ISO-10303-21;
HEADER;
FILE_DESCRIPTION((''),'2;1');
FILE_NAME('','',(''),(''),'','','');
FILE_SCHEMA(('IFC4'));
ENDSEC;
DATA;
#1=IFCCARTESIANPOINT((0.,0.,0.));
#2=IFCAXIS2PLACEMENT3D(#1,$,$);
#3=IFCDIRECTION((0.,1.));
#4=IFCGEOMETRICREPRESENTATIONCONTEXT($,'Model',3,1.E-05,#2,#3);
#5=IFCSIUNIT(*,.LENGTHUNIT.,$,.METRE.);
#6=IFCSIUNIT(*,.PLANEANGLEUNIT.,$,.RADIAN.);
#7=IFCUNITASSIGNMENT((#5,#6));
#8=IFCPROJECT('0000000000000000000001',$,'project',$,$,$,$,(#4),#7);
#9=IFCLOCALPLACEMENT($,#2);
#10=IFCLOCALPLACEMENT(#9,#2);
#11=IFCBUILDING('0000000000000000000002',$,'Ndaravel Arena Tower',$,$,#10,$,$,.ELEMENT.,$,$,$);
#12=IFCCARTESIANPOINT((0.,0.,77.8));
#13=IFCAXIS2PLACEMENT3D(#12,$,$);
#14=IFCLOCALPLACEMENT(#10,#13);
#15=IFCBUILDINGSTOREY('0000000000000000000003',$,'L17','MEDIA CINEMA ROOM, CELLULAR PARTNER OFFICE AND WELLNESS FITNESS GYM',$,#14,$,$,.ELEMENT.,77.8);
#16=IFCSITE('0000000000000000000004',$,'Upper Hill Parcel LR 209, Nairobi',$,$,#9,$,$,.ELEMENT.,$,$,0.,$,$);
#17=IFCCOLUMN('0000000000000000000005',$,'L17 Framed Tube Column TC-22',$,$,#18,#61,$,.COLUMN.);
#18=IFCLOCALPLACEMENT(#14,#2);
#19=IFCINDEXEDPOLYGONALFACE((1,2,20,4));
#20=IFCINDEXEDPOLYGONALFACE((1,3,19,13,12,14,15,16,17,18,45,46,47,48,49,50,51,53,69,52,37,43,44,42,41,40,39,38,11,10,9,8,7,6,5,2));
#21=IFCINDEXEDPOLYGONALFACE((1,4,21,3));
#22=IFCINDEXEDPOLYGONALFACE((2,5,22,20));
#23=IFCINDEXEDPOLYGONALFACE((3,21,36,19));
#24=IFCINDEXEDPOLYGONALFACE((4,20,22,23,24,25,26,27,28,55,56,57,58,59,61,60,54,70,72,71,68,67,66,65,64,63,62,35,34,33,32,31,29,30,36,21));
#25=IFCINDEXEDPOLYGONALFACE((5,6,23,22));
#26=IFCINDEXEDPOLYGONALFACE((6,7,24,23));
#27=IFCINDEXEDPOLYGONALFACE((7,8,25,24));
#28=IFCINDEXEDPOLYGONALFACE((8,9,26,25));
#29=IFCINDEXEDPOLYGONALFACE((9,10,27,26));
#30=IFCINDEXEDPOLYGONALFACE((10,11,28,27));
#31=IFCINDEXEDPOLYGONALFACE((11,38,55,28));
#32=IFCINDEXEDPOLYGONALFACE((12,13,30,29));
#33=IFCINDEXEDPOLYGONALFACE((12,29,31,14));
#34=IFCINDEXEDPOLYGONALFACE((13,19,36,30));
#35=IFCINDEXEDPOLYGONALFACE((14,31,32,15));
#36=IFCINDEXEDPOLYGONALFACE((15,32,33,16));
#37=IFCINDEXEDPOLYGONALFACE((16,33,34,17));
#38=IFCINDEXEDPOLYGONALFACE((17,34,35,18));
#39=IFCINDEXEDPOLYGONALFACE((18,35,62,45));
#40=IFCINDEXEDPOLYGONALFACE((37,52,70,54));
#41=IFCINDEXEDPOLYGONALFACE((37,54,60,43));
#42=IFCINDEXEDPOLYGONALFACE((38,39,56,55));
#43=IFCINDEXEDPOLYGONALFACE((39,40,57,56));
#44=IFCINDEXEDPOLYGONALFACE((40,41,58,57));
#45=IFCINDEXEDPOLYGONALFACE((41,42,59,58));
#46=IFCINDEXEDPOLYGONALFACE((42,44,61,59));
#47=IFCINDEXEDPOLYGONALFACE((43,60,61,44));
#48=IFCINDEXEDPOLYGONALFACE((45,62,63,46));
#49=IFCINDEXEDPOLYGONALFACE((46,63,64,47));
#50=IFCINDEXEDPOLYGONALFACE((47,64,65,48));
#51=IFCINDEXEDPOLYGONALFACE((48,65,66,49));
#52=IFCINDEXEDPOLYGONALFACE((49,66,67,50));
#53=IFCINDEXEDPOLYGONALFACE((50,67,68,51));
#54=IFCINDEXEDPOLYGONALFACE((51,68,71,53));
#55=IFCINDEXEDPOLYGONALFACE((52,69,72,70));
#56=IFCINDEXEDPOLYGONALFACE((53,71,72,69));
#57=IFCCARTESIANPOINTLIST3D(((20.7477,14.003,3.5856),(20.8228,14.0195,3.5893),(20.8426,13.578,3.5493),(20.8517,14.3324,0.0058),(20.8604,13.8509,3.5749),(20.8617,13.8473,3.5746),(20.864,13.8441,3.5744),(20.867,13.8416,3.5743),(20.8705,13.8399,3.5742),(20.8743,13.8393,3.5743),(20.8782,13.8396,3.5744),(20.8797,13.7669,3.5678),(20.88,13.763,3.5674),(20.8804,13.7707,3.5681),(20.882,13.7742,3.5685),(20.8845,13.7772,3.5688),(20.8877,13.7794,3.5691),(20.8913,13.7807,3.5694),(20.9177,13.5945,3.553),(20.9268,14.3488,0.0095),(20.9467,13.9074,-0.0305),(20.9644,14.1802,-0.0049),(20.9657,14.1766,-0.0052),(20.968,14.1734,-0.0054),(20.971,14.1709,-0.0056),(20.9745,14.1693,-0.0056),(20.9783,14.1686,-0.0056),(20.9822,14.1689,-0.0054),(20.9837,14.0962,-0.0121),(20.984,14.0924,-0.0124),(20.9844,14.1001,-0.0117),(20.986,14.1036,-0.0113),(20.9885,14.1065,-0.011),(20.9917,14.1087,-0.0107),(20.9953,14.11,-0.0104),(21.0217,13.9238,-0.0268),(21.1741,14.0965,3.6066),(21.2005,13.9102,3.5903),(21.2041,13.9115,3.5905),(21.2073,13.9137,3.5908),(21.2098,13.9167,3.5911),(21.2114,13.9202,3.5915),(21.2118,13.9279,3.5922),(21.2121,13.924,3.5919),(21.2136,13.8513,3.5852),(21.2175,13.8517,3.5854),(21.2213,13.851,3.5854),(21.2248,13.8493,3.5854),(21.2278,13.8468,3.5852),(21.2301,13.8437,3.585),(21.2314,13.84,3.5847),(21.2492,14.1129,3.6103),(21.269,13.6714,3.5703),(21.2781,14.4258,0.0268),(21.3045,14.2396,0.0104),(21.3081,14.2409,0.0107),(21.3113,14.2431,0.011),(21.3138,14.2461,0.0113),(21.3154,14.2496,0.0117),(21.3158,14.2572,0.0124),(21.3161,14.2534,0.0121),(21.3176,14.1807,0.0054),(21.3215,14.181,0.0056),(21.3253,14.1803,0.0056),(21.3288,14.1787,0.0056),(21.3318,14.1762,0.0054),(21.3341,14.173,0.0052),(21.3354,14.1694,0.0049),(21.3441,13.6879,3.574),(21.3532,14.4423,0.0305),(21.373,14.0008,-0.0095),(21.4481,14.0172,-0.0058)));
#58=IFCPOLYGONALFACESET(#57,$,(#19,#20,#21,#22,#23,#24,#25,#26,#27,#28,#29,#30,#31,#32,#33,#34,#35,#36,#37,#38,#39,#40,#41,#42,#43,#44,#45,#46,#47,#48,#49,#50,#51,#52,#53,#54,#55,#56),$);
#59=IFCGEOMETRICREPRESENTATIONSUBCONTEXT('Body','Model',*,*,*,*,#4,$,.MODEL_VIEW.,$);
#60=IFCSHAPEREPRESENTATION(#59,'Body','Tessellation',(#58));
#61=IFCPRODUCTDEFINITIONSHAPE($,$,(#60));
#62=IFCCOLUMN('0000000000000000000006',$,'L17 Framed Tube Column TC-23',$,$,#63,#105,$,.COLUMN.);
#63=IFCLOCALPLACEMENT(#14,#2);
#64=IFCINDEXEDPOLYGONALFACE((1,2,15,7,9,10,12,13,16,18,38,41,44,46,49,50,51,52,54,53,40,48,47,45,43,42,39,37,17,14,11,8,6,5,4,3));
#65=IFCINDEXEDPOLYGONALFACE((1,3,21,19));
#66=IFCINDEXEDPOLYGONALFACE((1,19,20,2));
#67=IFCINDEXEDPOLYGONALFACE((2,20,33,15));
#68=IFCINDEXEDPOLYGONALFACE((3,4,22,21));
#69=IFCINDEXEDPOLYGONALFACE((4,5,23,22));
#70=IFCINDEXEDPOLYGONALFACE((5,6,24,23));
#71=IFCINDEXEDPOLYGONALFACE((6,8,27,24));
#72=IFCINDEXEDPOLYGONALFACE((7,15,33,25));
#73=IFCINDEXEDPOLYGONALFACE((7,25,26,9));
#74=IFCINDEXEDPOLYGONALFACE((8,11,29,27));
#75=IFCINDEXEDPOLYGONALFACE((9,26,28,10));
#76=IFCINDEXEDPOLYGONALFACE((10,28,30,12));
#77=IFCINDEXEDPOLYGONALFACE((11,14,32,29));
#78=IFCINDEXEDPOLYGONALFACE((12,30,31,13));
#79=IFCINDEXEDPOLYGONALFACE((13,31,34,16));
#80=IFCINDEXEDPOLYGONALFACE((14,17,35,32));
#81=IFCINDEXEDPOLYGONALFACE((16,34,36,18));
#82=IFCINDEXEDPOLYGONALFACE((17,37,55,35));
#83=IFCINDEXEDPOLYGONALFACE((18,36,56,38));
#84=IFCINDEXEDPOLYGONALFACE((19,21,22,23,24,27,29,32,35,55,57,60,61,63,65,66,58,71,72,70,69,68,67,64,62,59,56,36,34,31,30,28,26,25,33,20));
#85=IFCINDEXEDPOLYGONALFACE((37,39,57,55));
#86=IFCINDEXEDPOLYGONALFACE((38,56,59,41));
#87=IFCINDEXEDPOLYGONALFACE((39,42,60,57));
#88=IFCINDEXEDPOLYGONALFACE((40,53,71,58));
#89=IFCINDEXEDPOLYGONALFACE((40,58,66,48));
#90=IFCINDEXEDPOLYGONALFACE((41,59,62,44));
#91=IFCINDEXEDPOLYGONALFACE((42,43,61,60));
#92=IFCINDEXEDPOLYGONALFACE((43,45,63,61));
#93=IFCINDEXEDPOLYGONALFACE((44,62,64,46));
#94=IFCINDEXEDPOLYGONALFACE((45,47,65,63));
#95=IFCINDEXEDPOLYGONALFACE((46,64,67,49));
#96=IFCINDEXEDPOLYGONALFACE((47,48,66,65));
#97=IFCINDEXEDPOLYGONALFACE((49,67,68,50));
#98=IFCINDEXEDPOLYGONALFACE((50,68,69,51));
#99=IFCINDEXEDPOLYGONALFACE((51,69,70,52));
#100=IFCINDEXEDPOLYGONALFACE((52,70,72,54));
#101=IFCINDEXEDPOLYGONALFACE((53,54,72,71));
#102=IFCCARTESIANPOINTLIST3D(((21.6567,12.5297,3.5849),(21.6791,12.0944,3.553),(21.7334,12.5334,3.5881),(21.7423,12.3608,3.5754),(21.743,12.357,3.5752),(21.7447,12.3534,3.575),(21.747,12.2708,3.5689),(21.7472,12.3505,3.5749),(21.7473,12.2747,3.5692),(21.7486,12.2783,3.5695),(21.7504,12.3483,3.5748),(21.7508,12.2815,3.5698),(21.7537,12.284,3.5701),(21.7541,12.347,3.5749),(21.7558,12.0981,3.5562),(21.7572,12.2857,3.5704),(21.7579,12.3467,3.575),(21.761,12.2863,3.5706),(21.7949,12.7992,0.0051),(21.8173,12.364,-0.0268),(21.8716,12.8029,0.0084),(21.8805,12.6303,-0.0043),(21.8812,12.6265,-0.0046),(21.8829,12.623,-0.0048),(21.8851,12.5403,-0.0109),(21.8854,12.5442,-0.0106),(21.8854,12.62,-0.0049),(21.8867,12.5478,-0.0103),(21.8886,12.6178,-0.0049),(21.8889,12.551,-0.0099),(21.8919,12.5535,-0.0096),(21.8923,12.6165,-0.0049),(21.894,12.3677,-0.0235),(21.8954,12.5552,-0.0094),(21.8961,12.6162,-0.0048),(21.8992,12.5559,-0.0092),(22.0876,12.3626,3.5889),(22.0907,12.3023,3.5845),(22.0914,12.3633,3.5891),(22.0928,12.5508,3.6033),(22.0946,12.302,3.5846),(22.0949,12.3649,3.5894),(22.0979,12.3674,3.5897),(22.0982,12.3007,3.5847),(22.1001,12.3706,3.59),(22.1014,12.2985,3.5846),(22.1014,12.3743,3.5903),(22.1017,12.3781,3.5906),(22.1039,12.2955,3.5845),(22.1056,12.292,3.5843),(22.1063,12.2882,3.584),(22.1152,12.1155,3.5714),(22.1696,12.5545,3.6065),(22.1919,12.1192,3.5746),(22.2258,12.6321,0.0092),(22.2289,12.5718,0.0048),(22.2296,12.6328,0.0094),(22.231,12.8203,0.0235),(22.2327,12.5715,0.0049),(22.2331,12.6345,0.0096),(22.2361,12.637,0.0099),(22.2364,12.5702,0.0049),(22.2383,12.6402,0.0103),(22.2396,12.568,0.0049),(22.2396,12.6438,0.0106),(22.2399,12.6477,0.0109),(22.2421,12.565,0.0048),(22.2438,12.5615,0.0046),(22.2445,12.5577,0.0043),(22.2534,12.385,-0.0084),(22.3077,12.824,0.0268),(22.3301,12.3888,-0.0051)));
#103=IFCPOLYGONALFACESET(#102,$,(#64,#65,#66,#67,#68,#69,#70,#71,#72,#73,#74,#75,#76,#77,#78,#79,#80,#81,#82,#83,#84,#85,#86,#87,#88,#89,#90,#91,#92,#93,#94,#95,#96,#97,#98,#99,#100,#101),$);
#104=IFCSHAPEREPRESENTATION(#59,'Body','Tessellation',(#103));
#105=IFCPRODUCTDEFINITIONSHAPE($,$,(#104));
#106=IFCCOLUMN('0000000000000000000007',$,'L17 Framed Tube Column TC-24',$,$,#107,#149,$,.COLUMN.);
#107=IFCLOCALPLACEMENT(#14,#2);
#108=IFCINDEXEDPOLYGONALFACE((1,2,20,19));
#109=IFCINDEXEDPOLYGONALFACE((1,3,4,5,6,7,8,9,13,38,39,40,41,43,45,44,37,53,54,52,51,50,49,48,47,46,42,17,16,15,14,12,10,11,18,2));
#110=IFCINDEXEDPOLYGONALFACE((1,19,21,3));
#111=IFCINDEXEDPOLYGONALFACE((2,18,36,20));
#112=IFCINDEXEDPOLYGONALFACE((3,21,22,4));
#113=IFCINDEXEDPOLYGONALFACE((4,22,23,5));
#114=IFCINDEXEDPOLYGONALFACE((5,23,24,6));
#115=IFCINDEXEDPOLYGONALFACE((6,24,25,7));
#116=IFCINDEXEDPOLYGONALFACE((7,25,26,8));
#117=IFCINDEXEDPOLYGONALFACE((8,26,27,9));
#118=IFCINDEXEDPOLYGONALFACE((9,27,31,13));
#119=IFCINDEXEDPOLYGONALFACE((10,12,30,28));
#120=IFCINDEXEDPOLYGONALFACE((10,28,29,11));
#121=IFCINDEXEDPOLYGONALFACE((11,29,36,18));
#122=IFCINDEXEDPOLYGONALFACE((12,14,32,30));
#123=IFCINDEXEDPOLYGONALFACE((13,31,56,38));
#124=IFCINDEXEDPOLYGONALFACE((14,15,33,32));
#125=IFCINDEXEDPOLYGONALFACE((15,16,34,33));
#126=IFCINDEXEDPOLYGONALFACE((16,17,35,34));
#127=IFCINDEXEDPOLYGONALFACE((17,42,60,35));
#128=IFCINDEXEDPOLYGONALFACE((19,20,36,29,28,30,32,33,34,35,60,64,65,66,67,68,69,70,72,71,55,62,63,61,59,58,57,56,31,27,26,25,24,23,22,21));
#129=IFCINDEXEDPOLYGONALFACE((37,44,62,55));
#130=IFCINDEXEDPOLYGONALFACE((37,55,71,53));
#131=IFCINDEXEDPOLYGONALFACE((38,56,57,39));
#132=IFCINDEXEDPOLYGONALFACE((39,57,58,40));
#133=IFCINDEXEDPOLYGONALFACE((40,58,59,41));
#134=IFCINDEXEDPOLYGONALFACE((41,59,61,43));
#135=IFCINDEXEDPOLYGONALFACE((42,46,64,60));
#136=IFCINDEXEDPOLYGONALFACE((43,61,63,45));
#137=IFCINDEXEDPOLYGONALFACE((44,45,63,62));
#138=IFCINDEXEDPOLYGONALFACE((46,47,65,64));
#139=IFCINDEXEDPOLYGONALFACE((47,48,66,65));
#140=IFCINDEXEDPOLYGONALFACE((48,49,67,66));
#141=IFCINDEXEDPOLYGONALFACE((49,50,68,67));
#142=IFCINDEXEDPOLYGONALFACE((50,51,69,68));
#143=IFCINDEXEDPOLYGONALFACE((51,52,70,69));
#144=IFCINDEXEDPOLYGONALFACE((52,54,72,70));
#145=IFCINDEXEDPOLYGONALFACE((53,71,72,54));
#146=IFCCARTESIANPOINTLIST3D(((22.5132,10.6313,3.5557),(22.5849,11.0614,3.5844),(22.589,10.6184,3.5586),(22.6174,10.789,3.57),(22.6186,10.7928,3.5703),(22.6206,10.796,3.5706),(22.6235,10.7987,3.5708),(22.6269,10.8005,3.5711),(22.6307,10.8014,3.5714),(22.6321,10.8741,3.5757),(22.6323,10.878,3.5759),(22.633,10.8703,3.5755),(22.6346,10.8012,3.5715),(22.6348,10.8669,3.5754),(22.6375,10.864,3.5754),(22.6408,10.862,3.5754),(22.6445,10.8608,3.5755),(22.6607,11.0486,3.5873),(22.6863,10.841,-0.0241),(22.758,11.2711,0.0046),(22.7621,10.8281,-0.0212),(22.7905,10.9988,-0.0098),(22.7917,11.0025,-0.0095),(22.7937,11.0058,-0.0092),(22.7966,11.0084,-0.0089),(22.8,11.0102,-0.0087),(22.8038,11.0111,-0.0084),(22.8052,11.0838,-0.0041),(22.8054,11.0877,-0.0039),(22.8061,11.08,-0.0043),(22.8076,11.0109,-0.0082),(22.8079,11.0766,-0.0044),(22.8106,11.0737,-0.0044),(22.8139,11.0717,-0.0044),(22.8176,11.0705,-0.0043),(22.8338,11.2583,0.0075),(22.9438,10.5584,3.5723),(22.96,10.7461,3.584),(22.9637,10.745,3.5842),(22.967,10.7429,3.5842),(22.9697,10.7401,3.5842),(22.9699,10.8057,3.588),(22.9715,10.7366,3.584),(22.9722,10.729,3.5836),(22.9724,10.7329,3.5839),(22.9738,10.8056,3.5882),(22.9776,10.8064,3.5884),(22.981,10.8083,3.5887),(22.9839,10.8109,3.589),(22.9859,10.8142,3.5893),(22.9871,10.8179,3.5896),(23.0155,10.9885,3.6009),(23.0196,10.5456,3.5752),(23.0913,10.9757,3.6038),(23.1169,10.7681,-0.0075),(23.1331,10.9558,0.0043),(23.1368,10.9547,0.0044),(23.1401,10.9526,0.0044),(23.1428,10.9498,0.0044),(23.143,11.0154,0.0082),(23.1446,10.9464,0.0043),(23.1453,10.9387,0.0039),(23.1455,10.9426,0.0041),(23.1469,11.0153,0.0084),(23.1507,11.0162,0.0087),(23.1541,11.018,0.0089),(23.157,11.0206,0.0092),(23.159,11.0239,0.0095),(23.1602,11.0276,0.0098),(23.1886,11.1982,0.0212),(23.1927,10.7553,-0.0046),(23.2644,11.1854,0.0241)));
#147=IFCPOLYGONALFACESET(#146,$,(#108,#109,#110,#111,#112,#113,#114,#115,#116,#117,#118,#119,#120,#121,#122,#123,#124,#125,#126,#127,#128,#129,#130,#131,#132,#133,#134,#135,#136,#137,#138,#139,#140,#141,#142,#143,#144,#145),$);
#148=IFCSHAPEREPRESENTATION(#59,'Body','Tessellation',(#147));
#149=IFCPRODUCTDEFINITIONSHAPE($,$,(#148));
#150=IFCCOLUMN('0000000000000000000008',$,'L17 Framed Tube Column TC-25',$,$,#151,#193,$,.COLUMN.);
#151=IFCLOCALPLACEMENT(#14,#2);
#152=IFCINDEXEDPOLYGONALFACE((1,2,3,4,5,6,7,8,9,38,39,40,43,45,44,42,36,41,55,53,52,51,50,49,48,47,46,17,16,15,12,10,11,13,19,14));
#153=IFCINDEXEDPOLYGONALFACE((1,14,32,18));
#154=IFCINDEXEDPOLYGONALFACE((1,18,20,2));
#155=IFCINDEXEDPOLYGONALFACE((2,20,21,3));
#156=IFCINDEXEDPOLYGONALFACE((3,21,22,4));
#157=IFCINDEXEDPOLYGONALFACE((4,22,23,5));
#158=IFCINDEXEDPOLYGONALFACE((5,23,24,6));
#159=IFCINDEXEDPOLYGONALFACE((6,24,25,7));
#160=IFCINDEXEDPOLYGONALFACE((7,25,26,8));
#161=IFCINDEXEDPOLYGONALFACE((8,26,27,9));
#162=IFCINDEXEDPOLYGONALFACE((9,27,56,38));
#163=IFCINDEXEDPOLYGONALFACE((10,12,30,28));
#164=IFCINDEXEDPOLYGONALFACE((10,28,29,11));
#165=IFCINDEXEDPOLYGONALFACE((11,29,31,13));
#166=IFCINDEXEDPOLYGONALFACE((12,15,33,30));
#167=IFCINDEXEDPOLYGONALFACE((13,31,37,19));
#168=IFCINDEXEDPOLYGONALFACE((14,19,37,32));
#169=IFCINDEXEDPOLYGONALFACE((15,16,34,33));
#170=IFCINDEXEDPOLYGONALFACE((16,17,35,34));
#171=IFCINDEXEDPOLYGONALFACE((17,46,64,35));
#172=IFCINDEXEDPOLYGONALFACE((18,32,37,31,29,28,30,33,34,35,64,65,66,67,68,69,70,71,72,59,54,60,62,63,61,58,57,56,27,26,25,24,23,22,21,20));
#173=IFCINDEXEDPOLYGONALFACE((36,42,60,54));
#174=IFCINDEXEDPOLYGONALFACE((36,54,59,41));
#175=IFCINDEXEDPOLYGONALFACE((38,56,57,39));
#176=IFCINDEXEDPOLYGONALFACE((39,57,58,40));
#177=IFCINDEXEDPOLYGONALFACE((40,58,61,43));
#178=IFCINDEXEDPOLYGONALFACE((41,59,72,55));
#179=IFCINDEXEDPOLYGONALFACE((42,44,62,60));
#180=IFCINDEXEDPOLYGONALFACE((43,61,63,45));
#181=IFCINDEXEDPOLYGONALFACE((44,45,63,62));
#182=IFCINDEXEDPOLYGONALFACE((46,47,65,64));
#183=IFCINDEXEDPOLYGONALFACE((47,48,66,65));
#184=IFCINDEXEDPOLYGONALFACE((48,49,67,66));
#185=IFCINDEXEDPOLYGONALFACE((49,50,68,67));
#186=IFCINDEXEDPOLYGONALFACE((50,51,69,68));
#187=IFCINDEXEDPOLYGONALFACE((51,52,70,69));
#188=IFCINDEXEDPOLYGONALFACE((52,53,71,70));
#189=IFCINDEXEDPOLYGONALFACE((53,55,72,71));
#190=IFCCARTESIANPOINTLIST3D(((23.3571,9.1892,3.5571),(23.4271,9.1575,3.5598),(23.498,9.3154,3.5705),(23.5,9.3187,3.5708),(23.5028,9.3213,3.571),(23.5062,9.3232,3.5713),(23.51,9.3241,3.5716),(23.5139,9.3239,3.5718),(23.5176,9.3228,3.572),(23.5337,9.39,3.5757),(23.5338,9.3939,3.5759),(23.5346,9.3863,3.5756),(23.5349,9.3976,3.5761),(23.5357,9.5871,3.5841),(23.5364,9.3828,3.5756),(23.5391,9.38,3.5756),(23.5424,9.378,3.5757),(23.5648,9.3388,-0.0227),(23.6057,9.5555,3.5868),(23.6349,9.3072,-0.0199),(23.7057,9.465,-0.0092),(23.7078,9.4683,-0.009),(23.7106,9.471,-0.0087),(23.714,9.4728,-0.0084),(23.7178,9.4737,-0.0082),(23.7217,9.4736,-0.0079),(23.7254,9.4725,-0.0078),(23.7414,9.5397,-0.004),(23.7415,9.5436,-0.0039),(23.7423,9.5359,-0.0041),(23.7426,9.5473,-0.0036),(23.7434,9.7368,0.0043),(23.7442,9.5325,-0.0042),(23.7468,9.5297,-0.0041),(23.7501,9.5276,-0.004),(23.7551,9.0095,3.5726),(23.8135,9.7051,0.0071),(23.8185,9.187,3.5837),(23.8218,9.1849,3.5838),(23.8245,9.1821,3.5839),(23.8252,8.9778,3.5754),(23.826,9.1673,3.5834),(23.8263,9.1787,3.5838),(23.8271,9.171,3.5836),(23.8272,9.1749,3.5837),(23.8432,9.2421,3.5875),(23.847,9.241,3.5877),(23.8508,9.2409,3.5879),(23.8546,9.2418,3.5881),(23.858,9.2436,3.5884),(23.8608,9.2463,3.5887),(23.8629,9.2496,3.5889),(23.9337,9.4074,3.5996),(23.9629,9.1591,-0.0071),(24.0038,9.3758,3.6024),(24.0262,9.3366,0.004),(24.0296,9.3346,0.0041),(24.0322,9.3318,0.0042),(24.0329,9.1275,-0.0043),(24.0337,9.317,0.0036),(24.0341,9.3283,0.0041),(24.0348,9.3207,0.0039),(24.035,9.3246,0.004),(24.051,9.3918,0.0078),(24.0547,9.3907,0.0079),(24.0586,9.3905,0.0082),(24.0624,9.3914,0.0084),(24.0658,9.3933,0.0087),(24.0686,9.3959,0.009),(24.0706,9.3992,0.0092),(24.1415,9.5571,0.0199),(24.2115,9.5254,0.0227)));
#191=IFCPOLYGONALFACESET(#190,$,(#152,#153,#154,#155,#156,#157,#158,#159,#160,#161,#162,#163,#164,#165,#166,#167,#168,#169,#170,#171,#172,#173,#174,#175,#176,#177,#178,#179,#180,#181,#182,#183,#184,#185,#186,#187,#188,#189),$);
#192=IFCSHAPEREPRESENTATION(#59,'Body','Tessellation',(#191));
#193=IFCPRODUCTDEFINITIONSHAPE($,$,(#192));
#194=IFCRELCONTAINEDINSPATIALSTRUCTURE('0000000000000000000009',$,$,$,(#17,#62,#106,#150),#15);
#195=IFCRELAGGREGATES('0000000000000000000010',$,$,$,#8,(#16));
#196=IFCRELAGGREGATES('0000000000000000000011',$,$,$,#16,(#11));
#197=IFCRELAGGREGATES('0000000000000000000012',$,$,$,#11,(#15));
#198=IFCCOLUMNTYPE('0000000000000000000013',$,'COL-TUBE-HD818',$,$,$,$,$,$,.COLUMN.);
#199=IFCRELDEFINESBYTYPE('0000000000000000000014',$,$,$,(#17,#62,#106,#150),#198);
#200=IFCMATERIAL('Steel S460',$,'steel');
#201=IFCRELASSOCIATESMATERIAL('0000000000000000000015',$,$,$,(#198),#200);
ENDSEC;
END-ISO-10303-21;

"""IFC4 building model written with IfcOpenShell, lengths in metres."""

from ifc_helpers import new_model, si_unit, direction, frame, origin, origin_2d, place, context, subcontext, project, spatial, i_section, extrude, material, material_profile, profile_set, type_object, element, save


model = new_model("IFC4")

# Units and contexts
model_context = context("Model", 3, precision=1e-05, world=origin(), true_north=direction((0.0, 1.0)))
body_context = subcontext(model_context, "Body", "Model", "MODEL_VIEW")
ifc_project = project(units=[si_unit("LENGTHUNIT", "METRE"), si_unit("PLANEANGLEUNIT", "RADIAN")], contexts=[model_context])

# Site, building, storey
site_placement = place(None, origin())
site = spatial("IfcSite", under=ifc_project, at=site_placement, Name="Upper Hill Parcel LR 209, Nairobi", CompositionType="ELEMENT", RefElevation=0.0)
building_placement = place(site_placement, origin())
building = spatial("IfcBuilding", under=site, at=building_placement, Name="Ndaravel Arena Tower", CompositionType="ELEMENT")
storey_placement = place(building_placement, frame((0.0, 0.0, 77.8)))
storey = spatial("IfcBuildingStorey", under=building, at=storey_placement, Name="L17", Description="MEDIA CINEMA ROOM, CELLULAR PARTNER OFFICE AND WELLNESS FITNESS GYM", CompositionType="ELEMENT", Elevation=77.8)

# Columns
ifc_material_1 = material(Name="Steel S460", Category="steel")
ifc_material_profile_1 = material_profile(ifc_material_1, i_section(OverallWidth=0.437, OverallDepth=0.5139, WebThickness=0.0605, FlangeThickness=0.0769, FilletRadius=0.0149, at=origin_2d()), Name="HD 400x818")
ifc_profile_set_1 = profile_set([ifc_material_profile_1], Name="Steel S460")
column_type = type_object("IfcColumnType", Name="COL-TUBE-HD818", PredefinedType="COLUMN", material=ifc_profile_set_1)
column_1_placement = place(storey_placement, frame((21.1499, 14.1748, 0.0), z_axis=(-0.028918, -0.091575, 0.995378), x_axis=(-0.217209, 0.972576, 0.083167)))
element("IfcColumn", 1, at=column_1_placement, inside=storey, type_object=column_type, Name="L17 Framed Tube Column TC-22", PredefinedType="COLUMN", context=body_context, shape_type="SweptSolid", body=[
    extrude(i_section(OverallWidth=0.437, OverallDepth=0.5139, WebThickness=0.0605, FlangeThickness=0.0769, FilletRadius=0.0149, at=origin_2d()), origin(), (0.0, 0.0, 1.0), 3.5964),
])
column_2_placement = place(storey_placement, frame((22.0625, 12.594, 0.0), z_axis=(-0.038463, -0.075023, 0.99644), x_axis=(-0.051244, 0.996014, 0.073013)))
element("IfcColumn", 2, at=column_2_placement, inside=storey, type_object=column_type, Name="L17 Framed Tube Column TC-23", PredefinedType="COLUMN", context=body_context, shape_type="SweptSolid", body=[
    extrude(i_section(OverallWidth=0.437, OverallDepth=0.5139, WebThickness=0.0605, FlangeThickness=0.0769, FilletRadius=0.0149, at=origin_2d()), origin(), (0.0, 0.0, 1.0), 3.5925),
])
column_3_placement = place(storey_placement, frame((22.9753, 11.0132, 0.0), z_axis=(-0.048214, -0.058415, 0.997127), x_axis=(0.164076, 0.984264, 0.065595)))
element("IfcColumn", 3, at=column_3_placement, inside=storey, type_object=column_type, Name="L17 Framed Tube Column TC-24", PredefinedType="COLUMN", context=body_context, shape_type="SweptSolid", body=[
    extrude(i_section(OverallWidth=0.437, OverallDepth=0.5139, WebThickness=0.0605, FlangeThickness=0.0769, FilletRadius=0.0149, at=origin_2d()), origin(), (0.0, 0.0, 1.0), 3.5901),
])
column_4_placement = place(storey_placement, frame((23.8882, 9.4321, 0.0), z_axis=(-0.057889, -0.041699, 0.997452), x_axis=(0.408669, 0.910589, 0.061786)))
element("IfcColumn", 4, at=column_4_placement, inside=storey, type_object=column_type, Name="L17 Framed Tube Column TC-25", PredefinedType="COLUMN", context=body_context, shape_type="SweptSolid", body=[
    extrude(i_section(OverallWidth=0.437, OverallDepth=0.5139, WebThickness=0.0605, FlangeThickness=0.0769, FilletRadius=0.0149, at=origin_2d()), origin(), (0.0, 0.0, 1.0), 3.5889),
])

save(model, "model.ifc")
